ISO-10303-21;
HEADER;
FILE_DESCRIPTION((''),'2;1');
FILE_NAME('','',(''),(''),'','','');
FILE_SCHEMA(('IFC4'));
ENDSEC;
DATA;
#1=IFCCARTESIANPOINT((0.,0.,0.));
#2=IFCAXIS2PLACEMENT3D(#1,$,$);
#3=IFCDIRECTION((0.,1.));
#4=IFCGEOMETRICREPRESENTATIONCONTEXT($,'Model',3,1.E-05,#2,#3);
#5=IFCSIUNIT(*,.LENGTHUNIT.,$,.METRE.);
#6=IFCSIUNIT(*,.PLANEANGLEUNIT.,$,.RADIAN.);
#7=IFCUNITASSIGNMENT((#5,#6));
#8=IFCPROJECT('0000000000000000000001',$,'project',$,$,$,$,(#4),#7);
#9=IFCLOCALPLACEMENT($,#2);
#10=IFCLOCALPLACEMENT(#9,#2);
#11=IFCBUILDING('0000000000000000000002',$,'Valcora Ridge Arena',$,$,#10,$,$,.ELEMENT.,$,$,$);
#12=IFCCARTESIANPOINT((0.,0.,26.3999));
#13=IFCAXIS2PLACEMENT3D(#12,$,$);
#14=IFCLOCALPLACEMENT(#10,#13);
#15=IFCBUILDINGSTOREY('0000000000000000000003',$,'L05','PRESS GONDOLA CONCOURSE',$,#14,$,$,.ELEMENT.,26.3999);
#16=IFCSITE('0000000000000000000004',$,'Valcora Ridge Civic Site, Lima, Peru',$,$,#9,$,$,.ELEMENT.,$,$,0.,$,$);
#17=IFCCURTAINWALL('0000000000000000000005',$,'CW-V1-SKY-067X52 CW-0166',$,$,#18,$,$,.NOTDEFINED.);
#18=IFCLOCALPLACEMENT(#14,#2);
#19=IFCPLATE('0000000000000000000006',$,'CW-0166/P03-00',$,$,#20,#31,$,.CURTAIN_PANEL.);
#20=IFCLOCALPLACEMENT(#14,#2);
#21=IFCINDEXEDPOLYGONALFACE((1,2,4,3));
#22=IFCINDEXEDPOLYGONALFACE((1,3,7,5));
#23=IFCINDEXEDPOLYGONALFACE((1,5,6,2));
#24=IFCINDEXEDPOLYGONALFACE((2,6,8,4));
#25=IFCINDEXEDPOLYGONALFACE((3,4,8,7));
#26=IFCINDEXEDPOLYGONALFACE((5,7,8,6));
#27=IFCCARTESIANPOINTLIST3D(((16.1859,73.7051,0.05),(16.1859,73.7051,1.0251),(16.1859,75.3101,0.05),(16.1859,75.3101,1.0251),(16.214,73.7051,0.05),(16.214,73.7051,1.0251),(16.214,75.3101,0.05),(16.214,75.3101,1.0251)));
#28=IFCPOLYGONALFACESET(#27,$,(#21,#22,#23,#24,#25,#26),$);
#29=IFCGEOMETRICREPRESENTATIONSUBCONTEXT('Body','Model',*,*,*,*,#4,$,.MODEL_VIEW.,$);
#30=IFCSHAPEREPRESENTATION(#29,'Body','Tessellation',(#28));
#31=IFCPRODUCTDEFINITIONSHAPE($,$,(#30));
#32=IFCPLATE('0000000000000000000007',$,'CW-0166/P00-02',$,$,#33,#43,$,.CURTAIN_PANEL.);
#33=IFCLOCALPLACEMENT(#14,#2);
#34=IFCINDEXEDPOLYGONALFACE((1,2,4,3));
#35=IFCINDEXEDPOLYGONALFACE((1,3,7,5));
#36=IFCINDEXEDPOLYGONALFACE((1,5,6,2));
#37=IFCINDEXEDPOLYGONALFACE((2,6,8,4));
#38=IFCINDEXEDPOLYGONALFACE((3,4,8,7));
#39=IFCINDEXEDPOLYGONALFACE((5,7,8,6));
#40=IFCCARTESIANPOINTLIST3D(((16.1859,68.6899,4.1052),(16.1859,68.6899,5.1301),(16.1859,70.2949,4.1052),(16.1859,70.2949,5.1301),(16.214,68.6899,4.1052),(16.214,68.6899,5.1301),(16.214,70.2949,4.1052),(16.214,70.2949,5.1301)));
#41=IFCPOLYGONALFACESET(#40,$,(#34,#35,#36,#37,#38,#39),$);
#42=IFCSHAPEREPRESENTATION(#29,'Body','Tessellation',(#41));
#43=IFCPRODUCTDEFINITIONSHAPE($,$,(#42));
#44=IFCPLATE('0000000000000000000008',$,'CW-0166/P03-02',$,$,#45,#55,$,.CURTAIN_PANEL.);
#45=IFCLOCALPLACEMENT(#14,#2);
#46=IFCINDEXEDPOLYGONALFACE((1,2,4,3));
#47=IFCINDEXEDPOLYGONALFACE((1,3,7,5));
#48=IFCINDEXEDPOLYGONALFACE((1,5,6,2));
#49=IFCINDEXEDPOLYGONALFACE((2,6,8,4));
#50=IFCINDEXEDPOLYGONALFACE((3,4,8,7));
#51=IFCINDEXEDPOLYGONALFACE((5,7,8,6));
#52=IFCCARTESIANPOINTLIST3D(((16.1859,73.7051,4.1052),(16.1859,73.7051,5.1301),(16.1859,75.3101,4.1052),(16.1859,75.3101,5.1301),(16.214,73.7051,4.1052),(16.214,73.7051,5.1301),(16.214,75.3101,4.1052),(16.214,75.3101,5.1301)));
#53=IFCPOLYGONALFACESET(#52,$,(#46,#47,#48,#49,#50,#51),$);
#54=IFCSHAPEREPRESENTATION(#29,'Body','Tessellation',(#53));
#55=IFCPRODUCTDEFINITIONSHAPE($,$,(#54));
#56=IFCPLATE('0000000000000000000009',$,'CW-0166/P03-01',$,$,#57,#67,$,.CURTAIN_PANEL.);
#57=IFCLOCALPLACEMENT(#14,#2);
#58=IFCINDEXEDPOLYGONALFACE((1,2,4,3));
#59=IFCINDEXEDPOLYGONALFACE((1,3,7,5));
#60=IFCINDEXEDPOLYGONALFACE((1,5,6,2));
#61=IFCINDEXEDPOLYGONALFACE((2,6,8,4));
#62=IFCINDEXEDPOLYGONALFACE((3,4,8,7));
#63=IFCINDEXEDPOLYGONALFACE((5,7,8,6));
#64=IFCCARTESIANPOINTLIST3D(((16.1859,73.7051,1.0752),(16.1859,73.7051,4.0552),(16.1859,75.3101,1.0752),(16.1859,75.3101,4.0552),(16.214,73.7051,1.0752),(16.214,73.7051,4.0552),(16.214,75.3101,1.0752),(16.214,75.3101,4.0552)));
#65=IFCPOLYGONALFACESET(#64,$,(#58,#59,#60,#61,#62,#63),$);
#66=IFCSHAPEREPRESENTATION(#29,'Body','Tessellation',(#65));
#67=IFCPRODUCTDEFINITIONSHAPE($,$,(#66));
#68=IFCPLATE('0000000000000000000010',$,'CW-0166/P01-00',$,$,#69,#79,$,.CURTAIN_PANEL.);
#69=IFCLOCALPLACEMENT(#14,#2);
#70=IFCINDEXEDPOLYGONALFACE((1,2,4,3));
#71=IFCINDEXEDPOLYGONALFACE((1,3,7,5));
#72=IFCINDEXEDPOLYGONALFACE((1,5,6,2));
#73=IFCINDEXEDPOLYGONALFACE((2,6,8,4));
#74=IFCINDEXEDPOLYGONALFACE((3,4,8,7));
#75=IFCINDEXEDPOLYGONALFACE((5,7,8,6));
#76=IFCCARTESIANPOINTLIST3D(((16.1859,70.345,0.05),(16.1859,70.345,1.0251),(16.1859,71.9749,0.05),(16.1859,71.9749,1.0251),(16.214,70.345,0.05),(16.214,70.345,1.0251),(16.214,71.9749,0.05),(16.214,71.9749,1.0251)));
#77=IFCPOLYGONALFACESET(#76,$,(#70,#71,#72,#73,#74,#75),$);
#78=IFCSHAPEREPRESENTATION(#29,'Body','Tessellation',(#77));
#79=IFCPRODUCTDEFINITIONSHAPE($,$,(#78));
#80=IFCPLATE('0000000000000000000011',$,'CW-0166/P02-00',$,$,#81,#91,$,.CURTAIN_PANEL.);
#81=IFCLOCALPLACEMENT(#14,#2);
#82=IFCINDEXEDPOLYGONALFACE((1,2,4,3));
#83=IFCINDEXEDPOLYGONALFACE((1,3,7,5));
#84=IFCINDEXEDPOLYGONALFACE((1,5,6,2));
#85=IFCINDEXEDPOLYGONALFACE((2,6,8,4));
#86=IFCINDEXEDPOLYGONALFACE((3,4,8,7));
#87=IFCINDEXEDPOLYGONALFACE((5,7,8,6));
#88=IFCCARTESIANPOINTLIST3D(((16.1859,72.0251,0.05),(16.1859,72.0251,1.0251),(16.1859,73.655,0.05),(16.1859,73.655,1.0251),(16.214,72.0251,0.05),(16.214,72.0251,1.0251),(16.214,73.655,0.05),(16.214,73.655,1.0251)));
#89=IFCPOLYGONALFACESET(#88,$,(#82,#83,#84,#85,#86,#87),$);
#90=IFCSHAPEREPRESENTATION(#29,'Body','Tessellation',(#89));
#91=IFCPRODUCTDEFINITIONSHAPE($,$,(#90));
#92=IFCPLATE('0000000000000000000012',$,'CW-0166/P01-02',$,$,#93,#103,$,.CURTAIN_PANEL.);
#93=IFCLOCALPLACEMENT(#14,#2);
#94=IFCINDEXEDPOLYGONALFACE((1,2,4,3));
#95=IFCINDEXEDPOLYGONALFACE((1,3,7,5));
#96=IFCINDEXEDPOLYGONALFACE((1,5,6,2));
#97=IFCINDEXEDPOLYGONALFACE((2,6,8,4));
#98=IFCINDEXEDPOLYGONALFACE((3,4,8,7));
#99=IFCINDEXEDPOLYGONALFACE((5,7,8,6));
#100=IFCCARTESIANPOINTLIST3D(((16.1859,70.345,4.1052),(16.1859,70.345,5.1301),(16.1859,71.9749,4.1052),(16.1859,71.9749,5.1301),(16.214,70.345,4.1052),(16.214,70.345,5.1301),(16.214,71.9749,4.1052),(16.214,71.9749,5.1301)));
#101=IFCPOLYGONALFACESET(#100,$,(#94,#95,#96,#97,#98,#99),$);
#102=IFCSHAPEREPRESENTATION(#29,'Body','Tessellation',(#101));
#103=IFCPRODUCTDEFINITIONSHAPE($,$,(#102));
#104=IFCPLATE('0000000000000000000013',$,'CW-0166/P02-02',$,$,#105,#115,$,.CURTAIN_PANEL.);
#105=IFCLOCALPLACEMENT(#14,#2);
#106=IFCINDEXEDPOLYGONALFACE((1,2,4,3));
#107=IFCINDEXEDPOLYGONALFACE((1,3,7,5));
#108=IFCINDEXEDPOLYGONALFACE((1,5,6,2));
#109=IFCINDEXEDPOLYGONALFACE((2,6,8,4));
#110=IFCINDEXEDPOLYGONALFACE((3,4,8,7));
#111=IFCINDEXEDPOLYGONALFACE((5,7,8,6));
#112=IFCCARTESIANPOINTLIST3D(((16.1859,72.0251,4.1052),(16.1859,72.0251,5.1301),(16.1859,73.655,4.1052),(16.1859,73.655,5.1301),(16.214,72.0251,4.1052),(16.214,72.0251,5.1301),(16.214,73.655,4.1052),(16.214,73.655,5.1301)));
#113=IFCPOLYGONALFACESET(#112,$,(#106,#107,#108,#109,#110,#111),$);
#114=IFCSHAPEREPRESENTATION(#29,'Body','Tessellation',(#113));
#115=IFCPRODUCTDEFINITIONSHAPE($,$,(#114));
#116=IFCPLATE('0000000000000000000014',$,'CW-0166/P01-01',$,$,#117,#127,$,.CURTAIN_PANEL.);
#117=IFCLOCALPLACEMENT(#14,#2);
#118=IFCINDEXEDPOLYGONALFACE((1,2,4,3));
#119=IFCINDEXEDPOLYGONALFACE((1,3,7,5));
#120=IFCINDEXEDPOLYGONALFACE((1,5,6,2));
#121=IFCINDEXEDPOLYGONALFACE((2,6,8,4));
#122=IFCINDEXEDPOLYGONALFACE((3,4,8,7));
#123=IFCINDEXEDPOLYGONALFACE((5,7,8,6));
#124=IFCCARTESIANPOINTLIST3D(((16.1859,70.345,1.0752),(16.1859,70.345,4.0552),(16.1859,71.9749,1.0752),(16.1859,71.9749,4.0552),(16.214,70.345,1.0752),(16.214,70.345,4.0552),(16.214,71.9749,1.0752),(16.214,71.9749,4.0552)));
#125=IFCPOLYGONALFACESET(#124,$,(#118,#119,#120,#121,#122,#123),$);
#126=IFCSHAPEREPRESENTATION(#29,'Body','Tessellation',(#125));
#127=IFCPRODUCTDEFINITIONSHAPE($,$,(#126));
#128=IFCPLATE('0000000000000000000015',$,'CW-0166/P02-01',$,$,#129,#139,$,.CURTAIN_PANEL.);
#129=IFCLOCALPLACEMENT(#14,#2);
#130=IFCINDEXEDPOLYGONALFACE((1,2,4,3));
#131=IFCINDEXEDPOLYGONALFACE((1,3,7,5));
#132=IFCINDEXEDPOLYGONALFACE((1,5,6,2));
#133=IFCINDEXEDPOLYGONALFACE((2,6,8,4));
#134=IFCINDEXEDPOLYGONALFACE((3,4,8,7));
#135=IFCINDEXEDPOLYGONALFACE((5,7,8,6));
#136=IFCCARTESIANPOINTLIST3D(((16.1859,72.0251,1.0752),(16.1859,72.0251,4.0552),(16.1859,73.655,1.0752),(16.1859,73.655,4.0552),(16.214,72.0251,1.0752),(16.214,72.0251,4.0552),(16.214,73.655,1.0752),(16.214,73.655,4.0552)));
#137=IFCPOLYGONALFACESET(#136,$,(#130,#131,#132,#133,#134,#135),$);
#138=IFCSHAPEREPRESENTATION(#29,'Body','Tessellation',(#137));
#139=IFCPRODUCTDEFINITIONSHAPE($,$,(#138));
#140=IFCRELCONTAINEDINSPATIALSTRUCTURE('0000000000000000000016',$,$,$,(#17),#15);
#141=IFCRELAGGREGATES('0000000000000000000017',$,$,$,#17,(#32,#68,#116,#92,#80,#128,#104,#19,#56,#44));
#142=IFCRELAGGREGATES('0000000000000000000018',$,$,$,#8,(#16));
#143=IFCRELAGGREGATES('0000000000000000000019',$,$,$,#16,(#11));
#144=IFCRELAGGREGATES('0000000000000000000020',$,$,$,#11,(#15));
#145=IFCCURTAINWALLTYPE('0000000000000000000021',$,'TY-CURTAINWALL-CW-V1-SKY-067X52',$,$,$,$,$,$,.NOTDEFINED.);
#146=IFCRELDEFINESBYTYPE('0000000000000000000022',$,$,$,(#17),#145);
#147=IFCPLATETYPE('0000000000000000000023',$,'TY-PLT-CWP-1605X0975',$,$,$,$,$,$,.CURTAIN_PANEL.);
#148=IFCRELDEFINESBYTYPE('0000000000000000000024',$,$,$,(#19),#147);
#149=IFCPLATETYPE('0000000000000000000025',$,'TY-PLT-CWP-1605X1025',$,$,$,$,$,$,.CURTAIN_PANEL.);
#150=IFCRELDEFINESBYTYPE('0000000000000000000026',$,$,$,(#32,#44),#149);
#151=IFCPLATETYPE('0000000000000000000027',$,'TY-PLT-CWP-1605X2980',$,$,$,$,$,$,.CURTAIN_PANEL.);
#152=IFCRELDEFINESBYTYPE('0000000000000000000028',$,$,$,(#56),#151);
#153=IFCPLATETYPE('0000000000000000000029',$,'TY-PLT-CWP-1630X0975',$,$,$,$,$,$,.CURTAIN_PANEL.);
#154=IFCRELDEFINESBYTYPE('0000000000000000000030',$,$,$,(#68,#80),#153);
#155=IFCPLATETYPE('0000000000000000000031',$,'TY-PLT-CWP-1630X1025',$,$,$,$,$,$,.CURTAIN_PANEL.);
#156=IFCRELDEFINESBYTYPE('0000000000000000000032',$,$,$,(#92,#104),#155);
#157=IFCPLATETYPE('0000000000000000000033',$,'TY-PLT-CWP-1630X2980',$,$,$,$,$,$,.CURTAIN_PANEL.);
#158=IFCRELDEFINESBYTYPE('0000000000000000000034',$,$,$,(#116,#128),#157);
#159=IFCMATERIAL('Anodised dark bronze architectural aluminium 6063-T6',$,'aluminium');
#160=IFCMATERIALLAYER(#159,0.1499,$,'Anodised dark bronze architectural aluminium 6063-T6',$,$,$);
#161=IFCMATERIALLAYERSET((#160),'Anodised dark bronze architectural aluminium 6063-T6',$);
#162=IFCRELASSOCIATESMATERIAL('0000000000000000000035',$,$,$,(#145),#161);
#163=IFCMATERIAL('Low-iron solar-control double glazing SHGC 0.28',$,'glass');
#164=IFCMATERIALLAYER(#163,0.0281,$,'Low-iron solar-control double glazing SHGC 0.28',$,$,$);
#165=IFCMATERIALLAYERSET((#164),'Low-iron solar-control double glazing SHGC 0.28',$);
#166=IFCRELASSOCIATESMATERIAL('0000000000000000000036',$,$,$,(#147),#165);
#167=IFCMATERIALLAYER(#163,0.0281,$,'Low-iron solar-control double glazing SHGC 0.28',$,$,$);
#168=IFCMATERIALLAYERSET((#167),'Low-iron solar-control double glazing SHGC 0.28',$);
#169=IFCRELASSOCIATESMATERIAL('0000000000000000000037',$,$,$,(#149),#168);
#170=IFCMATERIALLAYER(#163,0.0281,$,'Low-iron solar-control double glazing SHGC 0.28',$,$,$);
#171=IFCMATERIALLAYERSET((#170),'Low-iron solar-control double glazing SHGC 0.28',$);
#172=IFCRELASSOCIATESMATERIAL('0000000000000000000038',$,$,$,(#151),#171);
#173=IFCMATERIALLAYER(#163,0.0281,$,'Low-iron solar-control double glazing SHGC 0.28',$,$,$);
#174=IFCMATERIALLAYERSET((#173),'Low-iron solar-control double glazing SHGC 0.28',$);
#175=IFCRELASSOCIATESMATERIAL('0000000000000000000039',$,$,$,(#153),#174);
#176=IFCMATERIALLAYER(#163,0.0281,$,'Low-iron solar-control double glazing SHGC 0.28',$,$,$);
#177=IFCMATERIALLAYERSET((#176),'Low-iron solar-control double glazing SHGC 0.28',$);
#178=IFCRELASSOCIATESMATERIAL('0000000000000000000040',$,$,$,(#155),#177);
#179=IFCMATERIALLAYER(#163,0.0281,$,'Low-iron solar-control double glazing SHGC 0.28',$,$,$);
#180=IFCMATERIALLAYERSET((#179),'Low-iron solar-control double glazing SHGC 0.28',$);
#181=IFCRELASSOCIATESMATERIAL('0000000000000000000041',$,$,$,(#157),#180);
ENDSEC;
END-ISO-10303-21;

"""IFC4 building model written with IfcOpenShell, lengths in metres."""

from ifc_helpers import new_model, si_unit, direction, frame, origin, origin_2d, place, context, subcontext, project, spatial, rectangle, extrude, material, layer, layer_set, type_object, element, aggregate, save


model = new_model("IFC4")

# Units and contexts
model_context = context("Model", 3, precision=1e-05, world=origin(), true_north=direction((0.0, 1.0)))
body_context = subcontext(model_context, "Body", "Model", "MODEL_VIEW")
ifc_project = project(units=[si_unit("LENGTHUNIT", "METRE"), si_unit("PLANEANGLEUNIT", "RADIAN")], contexts=[model_context])

# Site, building, storey
site_placement = place(None, origin())
site = spatial("IfcSite", under=ifc_project, at=site_placement, Name="Valcora Ridge Civic Site, Lima, Peru", CompositionType="ELEMENT", RefElevation=0.0)
building_placement = place(site_placement, origin())
building = spatial("IfcBuilding", under=site, at=building_placement, Name="Valcora Ridge Arena", CompositionType="ELEMENT")
storey_placement = place(building_placement, frame((0.0, 0.0, 26.3999)))
storey = spatial("IfcBuildingStorey", under=building, at=storey_placement, Name="L05", Description="PRESS GONDOLA CONCOURSE", CompositionType="ELEMENT", Elevation=26.3999)

# Curtain wall, plates
ifc_material_1 = material(Name="Anodised dark bronze architectural aluminium 6063-T6", Category="aluminium")
ifc_layer_1 = layer(ifc_material_1, 0.1499, Name="Anodised dark bronze architectural aluminium 6063-T6")
ifc_layer_set_1 = layer_set([ifc_layer_1], Name="Anodised dark bronze architectural aluminium 6063-T6")
curtain_wall_type = type_object("IfcCurtainWallType", Name="TY-CURTAINWALL-CW-V1-SKY-067X52", PredefinedType="NOTDEFINED", material=ifc_layer_set_1)
curtain_wall_placement = place(storey_placement, origin())
curtain_wall = element("IfcCurtainWall", 1, at=curtain_wall_placement, inside=storey, type_object=curtain_wall_type, Name="CW-V1-SKY-067X52 CW-0166", PredefinedType="NOTDEFINED")
ifc_material_2 = material(Name="Low-iron solar-control double glazing SHGC 0.28", Category="glass")
ifc_layer_2 = layer(ifc_material_2, 0.0281, Name="Low-iron solar-control double glazing SHGC 0.28")
ifc_layer_set_2 = layer_set([ifc_layer_2], Name="Low-iron solar-control double glazing SHGC 0.28")
plate_type_1 = type_object("IfcPlateType", Name="TY-PLT-CWP-1605X0975", PredefinedType="CURTAIN_PANEL", material=ifc_layer_set_2)
plate_1_placement = place(storey_placement, frame((16.2, 74.5076, 0.05), z_axis=(0.0, 0.0, 1.0), x_axis=(0.0, 1.0, 0.0)))
plate_1 = element("IfcPlate", 2, at=plate_1_placement, type_object=plate_type_1, Name="CW-0166/P03-00", PredefinedType="CURTAIN_PANEL", context=body_context, shape_type="SweptSolid", body=[
    extrude(rectangle(XDim=1.605, YDim=0.0281, at=origin_2d()), origin(), (0.0, 0.0, 1.0), 0.9751),
])
ifc_layer_3 = layer(ifc_material_2, 0.0281, Name="Low-iron solar-control double glazing SHGC 0.28")
ifc_layer_set_3 = layer_set([ifc_layer_3], Name="Low-iron solar-control double glazing SHGC 0.28")
plate_type_2 = type_object("IfcPlateType", Name="TY-PLT-CWP-1605X1025", PredefinedType="CURTAIN_PANEL", material=ifc_layer_set_3)
plate_2_placement = place(storey_placement, frame((16.2, 69.4924, 4.1052), z_axis=(0.0, 0.0, 1.0), x_axis=(0.0, 1.0, 0.0)))
plate_2 = element("IfcPlate", 3, at=plate_2_placement, type_object=plate_type_2, Name="CW-0166/P00-02", PredefinedType="CURTAIN_PANEL", context=body_context, shape_type="SweptSolid", body=[
    extrude(rectangle(XDim=1.605, YDim=0.0281, at=origin_2d()), origin(), (0.0, 0.0, 1.0), 1.0249),
])
plate_3_placement = place(storey_placement, frame((16.2, 74.5076, 4.1052), z_axis=(0.0, 0.0, 1.0), x_axis=(0.0, 1.0, 0.0)))
plate_3 = element("IfcPlate", 4, at=plate_3_placement, type_object=plate_type_2, Name="CW-0166/P03-02", PredefinedType="CURTAIN_PANEL", context=body_context, shape_type="SweptSolid", body=[
    extrude(rectangle(XDim=1.605, YDim=0.0281, at=origin_2d()), origin(), (0.0, 0.0, 1.0), 1.0249),
])
ifc_layer_4 = layer(ifc_material_2, 0.0281, Name="Low-iron solar-control double glazing SHGC 0.28")
ifc_layer_set_4 = layer_set([ifc_layer_4], Name="Low-iron solar-control double glazing SHGC 0.28")
plate_type_3 = type_object("IfcPlateType", Name="TY-PLT-CWP-1605X2980", PredefinedType="CURTAIN_PANEL", material=ifc_layer_set_4)
plate_4_placement = place(storey_placement, frame((16.2, 74.5076, 1.0752), z_axis=(0.0, 0.0, 1.0), x_axis=(0.0, 1.0, 0.0)))
plate_4 = element("IfcPlate", 5, at=plate_4_placement, type_object=plate_type_3, Name="CW-0166/P03-01", PredefinedType="CURTAIN_PANEL", context=body_context, shape_type="SweptSolid", body=[
    extrude(rectangle(XDim=1.605, YDim=0.0281, at=origin_2d()), origin(), (0.0, 0.0, 1.0), 2.98),
])
ifc_layer_5 = layer(ifc_material_2, 0.0281, Name="Low-iron solar-control double glazing SHGC 0.28")
ifc_layer_set_5 = layer_set([ifc_layer_5], Name="Low-iron solar-control double glazing SHGC 0.28")
plate_type_4 = type_object("IfcPlateType", Name="TY-PLT-CWP-1630X0975", PredefinedType="CURTAIN_PANEL", material=ifc_layer_set_5)
plate_5_placement = place(storey_placement, frame((16.2, 71.1599, 0.05), z_axis=(0.0, 0.0, 1.0), x_axis=(0.0, 1.0, 0.0)))
plate_5 = element("IfcPlate", 6, at=plate_5_placement, type_object=plate_type_4, Name="CW-0166/P01-00", PredefinedType="CURTAIN_PANEL", context=body_context, shape_type="SweptSolid", body=[
    extrude(rectangle(XDim=1.6299, YDim=0.0281, at=origin_2d()), origin(), (0.0, 0.0, 1.0), 0.9751),
])
plate_6_placement = place(storey_placement, frame((16.2, 72.8401, 0.05), z_axis=(0.0, 0.0, 1.0), x_axis=(0.0, 1.0, 0.0)))
plate_6 = element("IfcPlate", 7, at=plate_6_placement, type_object=plate_type_4, Name="CW-0166/P02-00", PredefinedType="CURTAIN_PANEL", context=body_context, shape_type="SweptSolid", body=[
    extrude(rectangle(XDim=1.6299, YDim=0.0281, at=origin_2d()), origin(), (0.0, 0.0, 1.0), 0.9751),
])
ifc_layer_6 = layer(ifc_material_2, 0.0281, Name="Low-iron solar-control double glazing SHGC 0.28")
ifc_layer_set_6 = layer_set([ifc_layer_6], Name="Low-iron solar-control double glazing SHGC 0.28")
plate_type_5 = type_object("IfcPlateType", Name="TY-PLT-CWP-1630X1025", PredefinedType="CURTAIN_PANEL", material=ifc_layer_set_6)
plate_7_placement = place(storey_placement, frame((16.2, 71.1599, 4.1052), z_axis=(0.0, 0.0, 1.0), x_axis=(0.0, 1.0, 0.0)))
plate_7 = element("IfcPlate", 8, at=plate_7_placement, type_object=plate_type_5, Name="CW-0166/P01-02", PredefinedType="CURTAIN_PANEL", context=body_context, shape_type="SweptSolid", body=[
    extrude(rectangle(XDim=1.6299, YDim=0.0281, at=origin_2d()), origin(), (0.0, 0.0, 1.0), 1.0249),
])
plate_8_placement = place(storey_placement, frame((16.2, 72.8401, 4.1052), z_axis=(0.0, 0.0, 1.0), x_axis=(0.0, 1.0, 0.0)))
plate_8 = element("IfcPlate", 9, at=plate_8_placement, type_object=plate_type_5, Name="CW-0166/P02-02", PredefinedType="CURTAIN_PANEL", context=body_context, shape_type="SweptSolid", body=[
    extrude(rectangle(XDim=1.6299, YDim=0.0281, at=origin_2d()), origin(), (0.0, 0.0, 1.0), 1.0249),
])
ifc_layer_7 = layer(ifc_material_2, 0.0281, Name="Low-iron solar-control double glazing SHGC 0.28")
ifc_layer_set_7 = layer_set([ifc_layer_7], Name="Low-iron solar-control double glazing SHGC 0.28")
plate_type_6 = type_object("IfcPlateType", Name="TY-PLT-CWP-1630X2980", PredefinedType="CURTAIN_PANEL", material=ifc_layer_set_7)
plate_9_placement = place(storey_placement, frame((16.2, 71.1599, 1.0752), z_axis=(0.0, 0.0, 1.0), x_axis=(0.0, 1.0, 0.0)))
plate_9 = element("IfcPlate", 10, at=plate_9_placement, type_object=plate_type_6, Name="CW-0166/P01-01", PredefinedType="CURTAIN_PANEL", context=body_context, shape_type="SweptSolid", body=[
    extrude(rectangle(XDim=1.6299, YDim=0.0281, at=origin_2d()), origin(), (0.0, 0.0, 1.0), 2.98),
])
plate_10_placement = place(storey_placement, frame((16.2, 72.8401, 1.0752), z_axis=(0.0, 0.0, 1.0), x_axis=(0.0, 1.0, 0.0)))
plate_10 = element("IfcPlate", 11, at=plate_10_placement, type_object=plate_type_6, Name="CW-0166/P02-01", PredefinedType="CURTAIN_PANEL", context=body_context, shape_type="SweptSolid", body=[
    extrude(rectangle(XDim=1.6299, YDim=0.0281, at=origin_2d()), origin(), (0.0, 0.0, 1.0), 2.98),
])
aggregate(curtain_wall, [plate_2, plate_5, plate_9, plate_7, plate_6, plate_10, plate_8, plate_1, plate_4, plate_3])

save(model, "model.ifc")
